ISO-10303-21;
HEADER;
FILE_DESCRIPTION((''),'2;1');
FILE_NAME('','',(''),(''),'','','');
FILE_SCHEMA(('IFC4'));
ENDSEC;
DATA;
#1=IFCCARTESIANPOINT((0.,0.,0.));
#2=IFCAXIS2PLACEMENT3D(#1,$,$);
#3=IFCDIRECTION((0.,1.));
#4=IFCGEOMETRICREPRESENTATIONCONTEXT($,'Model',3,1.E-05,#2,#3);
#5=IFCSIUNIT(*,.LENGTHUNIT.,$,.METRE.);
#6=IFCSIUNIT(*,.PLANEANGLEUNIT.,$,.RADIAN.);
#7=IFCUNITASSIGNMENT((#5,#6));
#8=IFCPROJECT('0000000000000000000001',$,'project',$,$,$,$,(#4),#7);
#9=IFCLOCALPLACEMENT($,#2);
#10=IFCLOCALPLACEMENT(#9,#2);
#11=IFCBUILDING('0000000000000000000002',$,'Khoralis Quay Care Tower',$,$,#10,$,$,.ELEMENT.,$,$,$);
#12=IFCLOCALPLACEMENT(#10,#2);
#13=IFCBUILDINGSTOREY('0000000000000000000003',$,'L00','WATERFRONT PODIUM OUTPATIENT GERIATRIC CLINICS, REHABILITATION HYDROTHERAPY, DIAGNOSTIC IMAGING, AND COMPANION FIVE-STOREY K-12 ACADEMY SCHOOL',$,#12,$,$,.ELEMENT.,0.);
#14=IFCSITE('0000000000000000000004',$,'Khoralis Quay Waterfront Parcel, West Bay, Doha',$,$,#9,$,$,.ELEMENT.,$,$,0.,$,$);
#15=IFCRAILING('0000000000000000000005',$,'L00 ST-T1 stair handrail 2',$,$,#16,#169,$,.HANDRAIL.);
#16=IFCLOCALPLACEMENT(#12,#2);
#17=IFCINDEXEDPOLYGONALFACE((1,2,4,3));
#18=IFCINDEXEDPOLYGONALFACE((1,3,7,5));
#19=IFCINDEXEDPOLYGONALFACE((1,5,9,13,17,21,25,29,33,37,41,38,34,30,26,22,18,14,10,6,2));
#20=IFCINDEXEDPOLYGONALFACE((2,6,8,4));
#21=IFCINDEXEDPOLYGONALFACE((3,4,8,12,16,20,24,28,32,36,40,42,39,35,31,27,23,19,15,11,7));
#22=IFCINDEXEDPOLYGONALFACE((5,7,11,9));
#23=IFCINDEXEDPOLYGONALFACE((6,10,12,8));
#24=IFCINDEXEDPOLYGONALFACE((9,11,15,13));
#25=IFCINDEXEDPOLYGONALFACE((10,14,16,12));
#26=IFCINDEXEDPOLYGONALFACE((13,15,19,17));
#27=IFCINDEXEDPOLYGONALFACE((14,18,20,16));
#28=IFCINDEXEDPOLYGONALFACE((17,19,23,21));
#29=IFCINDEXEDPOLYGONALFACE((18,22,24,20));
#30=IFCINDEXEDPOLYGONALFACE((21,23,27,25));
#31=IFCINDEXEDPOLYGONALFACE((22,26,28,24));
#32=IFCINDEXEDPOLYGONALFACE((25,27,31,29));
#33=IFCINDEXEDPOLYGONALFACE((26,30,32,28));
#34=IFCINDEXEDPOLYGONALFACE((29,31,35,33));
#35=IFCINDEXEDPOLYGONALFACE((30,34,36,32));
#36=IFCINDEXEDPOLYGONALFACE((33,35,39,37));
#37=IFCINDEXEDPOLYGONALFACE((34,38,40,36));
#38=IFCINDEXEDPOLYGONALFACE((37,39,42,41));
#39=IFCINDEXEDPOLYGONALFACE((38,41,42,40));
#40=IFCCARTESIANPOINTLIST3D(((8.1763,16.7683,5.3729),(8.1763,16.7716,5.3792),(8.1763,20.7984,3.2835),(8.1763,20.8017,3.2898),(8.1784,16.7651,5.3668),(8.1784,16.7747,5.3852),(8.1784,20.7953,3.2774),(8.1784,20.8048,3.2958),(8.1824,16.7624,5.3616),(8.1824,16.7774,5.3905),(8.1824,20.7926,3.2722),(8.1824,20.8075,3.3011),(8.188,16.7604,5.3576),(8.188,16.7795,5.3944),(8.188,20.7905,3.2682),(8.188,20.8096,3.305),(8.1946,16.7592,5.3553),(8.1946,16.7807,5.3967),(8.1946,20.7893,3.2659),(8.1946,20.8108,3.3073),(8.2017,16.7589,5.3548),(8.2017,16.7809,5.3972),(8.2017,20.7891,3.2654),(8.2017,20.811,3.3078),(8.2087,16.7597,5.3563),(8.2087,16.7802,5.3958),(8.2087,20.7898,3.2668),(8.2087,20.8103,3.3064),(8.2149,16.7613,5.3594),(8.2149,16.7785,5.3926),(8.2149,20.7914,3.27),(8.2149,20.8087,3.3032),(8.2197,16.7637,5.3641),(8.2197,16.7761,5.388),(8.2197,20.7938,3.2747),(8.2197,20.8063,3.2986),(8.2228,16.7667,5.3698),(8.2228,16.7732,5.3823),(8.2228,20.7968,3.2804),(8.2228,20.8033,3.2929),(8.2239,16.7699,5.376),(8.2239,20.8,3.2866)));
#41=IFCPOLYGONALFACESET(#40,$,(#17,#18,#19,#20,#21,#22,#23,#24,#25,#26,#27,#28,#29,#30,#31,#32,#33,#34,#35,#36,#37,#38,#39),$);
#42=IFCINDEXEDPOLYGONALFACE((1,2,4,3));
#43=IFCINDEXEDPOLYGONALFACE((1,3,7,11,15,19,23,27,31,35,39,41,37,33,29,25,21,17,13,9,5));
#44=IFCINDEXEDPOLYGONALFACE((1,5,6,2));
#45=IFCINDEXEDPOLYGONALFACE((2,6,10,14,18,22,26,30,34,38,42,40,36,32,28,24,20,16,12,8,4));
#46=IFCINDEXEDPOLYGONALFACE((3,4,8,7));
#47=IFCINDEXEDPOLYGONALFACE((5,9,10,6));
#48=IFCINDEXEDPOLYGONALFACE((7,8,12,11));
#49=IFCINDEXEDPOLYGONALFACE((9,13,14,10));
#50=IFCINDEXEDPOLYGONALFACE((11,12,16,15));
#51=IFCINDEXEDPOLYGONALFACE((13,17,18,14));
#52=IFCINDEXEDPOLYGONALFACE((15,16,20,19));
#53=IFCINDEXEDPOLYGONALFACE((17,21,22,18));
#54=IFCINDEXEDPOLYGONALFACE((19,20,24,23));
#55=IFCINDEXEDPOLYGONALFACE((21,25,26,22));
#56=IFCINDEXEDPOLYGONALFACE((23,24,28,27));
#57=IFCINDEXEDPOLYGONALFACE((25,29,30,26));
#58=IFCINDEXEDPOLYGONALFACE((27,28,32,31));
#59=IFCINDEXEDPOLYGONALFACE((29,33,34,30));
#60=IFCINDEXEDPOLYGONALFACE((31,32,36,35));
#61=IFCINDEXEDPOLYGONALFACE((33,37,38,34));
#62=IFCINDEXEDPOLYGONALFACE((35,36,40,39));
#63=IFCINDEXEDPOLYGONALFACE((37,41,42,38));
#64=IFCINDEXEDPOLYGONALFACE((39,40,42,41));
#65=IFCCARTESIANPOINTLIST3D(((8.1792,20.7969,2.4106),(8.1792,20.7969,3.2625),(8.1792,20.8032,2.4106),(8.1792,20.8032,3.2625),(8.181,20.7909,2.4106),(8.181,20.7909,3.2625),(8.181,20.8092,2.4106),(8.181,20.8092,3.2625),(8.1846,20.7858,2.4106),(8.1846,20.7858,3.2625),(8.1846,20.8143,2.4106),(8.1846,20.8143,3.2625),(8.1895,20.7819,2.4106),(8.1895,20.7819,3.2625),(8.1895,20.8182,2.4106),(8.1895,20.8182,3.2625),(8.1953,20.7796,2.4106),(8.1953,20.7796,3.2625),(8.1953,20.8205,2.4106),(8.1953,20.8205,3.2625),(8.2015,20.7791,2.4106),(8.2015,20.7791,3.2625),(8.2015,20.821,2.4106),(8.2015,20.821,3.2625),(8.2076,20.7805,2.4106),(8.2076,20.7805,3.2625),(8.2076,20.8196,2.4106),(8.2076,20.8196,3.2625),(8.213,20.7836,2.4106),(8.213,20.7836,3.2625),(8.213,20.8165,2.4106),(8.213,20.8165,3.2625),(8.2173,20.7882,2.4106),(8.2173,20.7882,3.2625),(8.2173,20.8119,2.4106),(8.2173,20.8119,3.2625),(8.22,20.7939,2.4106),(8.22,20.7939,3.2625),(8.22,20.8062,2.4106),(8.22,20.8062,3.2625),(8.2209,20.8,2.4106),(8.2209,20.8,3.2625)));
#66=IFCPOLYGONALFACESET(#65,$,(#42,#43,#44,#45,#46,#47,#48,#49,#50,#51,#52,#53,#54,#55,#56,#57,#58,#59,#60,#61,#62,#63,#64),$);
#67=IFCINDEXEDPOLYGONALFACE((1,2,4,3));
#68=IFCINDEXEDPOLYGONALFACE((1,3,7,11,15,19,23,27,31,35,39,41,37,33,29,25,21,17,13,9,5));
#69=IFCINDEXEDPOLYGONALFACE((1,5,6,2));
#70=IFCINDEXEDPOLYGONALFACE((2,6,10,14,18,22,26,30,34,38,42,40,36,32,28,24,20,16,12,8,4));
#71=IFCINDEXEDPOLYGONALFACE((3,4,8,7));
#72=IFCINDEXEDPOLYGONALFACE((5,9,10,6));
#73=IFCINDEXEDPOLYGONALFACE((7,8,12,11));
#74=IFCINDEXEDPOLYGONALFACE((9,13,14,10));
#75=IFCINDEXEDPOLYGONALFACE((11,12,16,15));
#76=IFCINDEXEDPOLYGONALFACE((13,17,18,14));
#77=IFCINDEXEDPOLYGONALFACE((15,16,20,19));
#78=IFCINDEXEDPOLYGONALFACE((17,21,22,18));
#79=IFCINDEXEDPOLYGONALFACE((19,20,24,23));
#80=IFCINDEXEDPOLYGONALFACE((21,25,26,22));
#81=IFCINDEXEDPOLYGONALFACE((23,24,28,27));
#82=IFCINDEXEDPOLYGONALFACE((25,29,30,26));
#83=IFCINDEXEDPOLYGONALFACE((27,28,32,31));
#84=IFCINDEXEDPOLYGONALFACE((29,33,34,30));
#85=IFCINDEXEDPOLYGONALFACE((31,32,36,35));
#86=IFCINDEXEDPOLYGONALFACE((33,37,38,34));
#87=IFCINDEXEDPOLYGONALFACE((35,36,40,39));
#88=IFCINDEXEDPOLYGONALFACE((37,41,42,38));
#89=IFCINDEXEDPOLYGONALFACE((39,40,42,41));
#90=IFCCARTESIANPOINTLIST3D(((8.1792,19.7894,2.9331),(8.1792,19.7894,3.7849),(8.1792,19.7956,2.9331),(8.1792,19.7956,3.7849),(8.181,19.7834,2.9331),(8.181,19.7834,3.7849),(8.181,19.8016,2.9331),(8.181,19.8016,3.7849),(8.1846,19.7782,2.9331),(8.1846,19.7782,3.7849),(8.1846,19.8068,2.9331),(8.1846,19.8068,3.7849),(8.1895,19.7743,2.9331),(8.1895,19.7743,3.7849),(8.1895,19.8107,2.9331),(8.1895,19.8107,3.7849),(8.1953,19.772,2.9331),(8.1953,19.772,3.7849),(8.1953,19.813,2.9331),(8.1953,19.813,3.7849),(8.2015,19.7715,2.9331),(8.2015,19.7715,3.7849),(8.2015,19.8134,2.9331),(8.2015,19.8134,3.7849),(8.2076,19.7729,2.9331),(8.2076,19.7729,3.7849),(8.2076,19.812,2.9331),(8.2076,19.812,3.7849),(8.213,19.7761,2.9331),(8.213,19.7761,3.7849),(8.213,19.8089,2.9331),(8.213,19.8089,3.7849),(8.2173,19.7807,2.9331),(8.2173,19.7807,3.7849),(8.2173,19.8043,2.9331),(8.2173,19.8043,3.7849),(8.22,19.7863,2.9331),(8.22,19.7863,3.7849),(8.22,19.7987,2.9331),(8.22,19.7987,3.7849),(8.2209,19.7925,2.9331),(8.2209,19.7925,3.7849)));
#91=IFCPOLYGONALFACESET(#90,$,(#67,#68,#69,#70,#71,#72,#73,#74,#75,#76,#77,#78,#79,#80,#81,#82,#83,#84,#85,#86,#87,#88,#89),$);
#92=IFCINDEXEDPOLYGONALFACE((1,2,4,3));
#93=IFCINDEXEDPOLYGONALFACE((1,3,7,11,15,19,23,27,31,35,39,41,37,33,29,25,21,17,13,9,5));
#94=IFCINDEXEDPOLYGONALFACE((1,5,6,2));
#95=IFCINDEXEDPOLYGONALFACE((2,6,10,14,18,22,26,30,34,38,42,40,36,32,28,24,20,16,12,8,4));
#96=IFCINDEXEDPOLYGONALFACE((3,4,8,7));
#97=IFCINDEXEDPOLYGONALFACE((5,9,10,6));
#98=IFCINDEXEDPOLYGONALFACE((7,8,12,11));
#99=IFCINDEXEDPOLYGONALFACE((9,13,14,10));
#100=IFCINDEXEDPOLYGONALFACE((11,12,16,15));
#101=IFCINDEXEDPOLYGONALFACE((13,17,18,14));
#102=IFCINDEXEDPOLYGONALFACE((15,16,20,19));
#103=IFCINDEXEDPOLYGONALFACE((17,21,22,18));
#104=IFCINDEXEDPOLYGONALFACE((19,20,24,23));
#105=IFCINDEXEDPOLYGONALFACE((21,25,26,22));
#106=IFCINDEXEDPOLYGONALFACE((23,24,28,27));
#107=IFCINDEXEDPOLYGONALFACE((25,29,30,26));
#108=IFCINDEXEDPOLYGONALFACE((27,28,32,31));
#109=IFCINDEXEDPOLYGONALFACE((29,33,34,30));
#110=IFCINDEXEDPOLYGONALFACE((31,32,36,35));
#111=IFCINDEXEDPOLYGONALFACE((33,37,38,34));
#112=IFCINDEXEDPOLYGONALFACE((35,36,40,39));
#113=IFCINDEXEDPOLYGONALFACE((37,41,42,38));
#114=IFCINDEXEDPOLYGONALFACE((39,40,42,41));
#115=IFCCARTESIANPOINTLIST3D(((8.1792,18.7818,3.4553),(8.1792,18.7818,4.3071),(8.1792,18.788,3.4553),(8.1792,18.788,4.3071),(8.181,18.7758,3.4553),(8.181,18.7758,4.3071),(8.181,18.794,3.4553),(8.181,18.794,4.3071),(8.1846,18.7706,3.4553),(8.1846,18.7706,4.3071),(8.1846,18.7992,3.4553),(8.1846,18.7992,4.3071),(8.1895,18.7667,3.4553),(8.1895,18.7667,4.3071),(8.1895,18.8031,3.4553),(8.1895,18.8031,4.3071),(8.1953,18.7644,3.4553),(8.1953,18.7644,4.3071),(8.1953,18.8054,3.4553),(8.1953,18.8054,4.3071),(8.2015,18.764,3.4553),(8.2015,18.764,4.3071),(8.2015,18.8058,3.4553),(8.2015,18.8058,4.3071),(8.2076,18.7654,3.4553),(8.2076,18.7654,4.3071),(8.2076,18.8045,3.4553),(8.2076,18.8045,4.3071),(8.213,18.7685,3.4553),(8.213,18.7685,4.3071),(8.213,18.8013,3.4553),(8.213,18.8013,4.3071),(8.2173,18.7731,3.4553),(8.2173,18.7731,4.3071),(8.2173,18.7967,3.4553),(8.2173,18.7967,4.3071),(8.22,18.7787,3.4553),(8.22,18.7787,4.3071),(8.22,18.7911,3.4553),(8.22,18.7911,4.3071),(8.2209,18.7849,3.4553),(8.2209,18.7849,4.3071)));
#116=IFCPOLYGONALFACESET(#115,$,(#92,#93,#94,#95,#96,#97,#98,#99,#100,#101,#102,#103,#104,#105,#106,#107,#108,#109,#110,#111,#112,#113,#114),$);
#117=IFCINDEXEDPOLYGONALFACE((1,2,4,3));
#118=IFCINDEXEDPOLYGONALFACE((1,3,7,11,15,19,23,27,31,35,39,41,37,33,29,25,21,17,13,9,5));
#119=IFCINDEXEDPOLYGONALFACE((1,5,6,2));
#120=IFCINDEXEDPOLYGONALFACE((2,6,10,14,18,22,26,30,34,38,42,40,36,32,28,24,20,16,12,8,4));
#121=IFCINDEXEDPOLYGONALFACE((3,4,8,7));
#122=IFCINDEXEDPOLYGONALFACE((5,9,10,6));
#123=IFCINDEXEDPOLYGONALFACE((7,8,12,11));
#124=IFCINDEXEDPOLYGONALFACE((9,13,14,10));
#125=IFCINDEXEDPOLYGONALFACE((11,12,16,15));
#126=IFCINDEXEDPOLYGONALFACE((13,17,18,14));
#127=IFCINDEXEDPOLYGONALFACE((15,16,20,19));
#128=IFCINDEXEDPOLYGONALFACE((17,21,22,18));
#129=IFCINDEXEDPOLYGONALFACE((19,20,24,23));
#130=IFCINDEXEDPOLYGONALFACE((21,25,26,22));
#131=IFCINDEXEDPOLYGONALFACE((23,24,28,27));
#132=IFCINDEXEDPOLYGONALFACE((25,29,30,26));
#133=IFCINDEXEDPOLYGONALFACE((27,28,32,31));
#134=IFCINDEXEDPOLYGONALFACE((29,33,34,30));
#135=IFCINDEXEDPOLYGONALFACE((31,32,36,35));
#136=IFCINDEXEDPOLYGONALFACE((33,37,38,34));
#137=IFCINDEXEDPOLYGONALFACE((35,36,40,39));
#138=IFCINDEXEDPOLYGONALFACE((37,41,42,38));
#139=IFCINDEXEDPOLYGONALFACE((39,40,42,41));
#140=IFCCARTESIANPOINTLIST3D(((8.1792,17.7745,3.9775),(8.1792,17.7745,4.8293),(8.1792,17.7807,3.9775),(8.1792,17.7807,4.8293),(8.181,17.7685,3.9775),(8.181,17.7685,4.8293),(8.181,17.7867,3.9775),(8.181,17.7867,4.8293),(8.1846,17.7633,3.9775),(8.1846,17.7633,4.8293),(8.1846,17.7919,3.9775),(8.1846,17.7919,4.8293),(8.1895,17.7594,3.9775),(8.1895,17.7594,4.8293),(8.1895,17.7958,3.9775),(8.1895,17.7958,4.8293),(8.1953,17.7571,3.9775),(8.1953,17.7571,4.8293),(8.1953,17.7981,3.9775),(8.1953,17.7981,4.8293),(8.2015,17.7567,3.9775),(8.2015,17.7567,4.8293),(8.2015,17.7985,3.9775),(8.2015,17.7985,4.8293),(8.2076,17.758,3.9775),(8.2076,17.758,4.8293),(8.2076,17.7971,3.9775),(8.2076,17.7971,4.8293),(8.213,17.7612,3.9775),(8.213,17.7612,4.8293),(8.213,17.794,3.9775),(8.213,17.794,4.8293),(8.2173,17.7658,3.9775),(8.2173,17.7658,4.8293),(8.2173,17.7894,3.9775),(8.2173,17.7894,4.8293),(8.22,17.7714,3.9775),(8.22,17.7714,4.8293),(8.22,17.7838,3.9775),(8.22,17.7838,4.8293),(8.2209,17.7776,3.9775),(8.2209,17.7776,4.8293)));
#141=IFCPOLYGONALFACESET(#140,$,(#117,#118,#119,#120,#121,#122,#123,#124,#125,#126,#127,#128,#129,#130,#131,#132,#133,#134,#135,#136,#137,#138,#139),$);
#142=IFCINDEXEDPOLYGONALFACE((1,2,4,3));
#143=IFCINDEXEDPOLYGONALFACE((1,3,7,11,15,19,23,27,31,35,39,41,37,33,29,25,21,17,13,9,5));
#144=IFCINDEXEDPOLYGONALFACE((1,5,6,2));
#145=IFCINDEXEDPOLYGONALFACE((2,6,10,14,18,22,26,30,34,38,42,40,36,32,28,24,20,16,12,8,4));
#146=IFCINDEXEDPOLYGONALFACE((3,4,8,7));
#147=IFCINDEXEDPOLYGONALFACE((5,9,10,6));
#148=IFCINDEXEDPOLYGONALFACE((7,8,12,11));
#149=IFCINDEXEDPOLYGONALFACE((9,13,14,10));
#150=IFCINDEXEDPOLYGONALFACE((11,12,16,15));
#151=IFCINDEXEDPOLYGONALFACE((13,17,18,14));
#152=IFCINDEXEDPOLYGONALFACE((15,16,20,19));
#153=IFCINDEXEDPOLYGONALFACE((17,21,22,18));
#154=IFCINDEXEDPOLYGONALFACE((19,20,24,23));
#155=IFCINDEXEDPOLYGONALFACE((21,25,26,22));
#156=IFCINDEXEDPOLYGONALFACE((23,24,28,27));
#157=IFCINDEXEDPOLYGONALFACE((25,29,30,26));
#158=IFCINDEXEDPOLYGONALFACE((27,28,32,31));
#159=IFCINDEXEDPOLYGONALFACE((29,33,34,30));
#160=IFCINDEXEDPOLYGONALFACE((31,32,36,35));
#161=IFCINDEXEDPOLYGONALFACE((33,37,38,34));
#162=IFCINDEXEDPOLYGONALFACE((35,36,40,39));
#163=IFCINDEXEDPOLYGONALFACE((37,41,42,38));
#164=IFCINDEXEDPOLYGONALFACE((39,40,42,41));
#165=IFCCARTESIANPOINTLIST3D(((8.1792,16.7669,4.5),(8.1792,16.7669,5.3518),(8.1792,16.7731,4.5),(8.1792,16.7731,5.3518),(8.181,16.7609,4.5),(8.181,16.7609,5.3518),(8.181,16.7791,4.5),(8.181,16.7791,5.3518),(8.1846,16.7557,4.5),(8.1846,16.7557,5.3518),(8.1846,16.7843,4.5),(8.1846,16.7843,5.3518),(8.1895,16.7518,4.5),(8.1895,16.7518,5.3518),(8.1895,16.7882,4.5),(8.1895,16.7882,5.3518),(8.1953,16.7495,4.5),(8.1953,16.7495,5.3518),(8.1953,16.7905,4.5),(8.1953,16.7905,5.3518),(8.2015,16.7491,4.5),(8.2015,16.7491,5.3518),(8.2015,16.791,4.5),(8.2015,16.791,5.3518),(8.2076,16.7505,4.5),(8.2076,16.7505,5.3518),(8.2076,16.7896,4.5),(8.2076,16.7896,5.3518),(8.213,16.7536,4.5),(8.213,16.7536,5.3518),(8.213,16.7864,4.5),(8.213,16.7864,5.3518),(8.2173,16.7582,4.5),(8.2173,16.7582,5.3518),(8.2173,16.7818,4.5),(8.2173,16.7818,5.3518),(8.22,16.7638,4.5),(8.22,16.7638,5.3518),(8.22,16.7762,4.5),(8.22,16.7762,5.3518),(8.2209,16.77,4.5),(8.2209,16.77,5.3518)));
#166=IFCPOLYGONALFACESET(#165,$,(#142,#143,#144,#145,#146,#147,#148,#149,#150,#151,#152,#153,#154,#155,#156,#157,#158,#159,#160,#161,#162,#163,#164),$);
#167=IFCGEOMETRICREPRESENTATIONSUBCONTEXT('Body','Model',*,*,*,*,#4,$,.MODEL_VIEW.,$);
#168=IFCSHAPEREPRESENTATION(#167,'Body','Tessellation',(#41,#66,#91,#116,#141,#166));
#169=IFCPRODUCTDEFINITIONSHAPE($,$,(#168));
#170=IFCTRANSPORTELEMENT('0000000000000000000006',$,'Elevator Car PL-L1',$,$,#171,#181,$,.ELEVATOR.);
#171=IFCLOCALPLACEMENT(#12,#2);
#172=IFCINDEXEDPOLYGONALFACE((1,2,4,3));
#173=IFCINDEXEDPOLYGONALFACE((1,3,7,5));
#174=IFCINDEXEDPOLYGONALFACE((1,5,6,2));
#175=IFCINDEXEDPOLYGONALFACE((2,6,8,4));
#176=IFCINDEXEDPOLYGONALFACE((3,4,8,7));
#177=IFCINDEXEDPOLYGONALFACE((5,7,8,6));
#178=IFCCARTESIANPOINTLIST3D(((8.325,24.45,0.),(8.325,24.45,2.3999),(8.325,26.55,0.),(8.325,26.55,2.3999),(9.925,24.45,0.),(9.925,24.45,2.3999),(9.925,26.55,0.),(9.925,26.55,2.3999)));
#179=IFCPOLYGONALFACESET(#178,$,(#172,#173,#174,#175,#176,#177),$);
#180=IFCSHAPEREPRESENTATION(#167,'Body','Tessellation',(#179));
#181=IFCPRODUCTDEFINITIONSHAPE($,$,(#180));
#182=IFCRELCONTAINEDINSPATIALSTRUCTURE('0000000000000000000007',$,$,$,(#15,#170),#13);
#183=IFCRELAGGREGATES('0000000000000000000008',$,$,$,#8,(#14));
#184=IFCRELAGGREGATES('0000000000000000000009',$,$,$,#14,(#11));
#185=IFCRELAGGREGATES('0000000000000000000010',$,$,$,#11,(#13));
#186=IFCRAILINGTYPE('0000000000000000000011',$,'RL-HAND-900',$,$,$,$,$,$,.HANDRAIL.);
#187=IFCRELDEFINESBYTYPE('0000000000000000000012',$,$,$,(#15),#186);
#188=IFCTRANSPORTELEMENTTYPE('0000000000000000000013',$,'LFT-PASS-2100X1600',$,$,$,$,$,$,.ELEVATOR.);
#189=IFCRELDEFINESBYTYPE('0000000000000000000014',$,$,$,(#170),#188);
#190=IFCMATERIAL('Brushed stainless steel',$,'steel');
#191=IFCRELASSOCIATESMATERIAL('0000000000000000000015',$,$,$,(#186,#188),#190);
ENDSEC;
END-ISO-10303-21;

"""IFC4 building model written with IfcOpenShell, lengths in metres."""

from ifc_helpers import new_model, si_unit, direction, frame, origin, origin_2d, place, context, subcontext, project, spatial, rectangle, circle, extrude, source, transform, mapped, material, type_object, element, save


model = new_model("IFC4")

# Units and contexts
model_context = context("Model", 3, precision=1e-05, world=origin(), true_north=direction((0.0, 1.0)))
body_context = subcontext(model_context, "Body", "Model", "MODEL_VIEW")
ifc_project = project(units=[si_unit("LENGTHUNIT", "METRE"), si_unit("PLANEANGLEUNIT", "RADIAN")], contexts=[model_context])

# Site, building, storey
site_placement = place(None, origin())
site = spatial("IfcSite", under=ifc_project, at=site_placement, Name="Khoralis Quay Waterfront Parcel, West Bay, Doha", CompositionType="ELEMENT", RefElevation=0.0)
building_placement = place(site_placement, origin())
building = spatial("IfcBuilding", under=site, at=building_placement, Name="Khoralis Quay Care Tower", CompositionType="ELEMENT")
storey_placement = place(building_placement, origin())
storey = spatial("IfcBuildingStorey", under=building, at=storey_placement, Name="L00", Description="WATERFRONT PODIUM OUTPATIENT GERIATRIC CLINICS, REHABILITATION HYDROTHERAPY, DIAGNOSTIC IMAGING, AND COMPANION FIVE-STOREY K-12 ACADEMY SCHOOL", CompositionType="ELEMENT", Elevation=0.0)

# Shared definitions
ifc_material_1 = material(Name="Brushed stainless steel", Category="steel")

# Railing
railing_type_1 = type_object("IfcRailingType", Name="RL-HAND-900", PredefinedType="HANDRAIL", material=ifc_material_1)
railing_1_placement = place(storey_placement, frame((8.2, 20.8, 2.4106)))
element("IfcRailing", 1, at=railing_1_placement, inside=storey, type_object=railing_type_1, Name="L00 ST-T1 stair handrail 2", PredefinedType="HANDRAIL", context=body_context, shape_type="SweptSolid", body=[
    extrude(circle(Radius=0.0239, at=origin_2d()), frame((0.0, 0.0, 0.876), z_axis=(0.0, -0.887781, 0.460267), x_axis=(1.0, 0.0, 0.0)), (0.0, 0.0, 1.0), 4.5396),
    extrude(circle(Radius=0.021, at=origin_2d()), origin(), (0.0, 0.0, 1.0), 0.8518),
    extrude(circle(Radius=0.021, at=origin_2d()), frame((0.0, -1.0076, 0.5225)), (0.0, 0.0, 1.0), 0.8518),
    extrude(circle(Radius=0.021, at=origin_2d()), frame((0.0, -2.0151, 1.0447)), (0.0, 0.0, 1.0), 0.8518),
    extrude(circle(Radius=0.021, at=origin_2d()), frame((0.0, -3.0225, 1.5669)), (0.0, 0.0, 1.0), 0.8518),
    extrude(circle(Radius=0.021, at=origin_2d()), frame((0.0, -4.03, 2.0894)), (0.0, 0.0, 1.0), 0.8518),
])

# Transport element
transport_element_type = type_object("IfcTransportElementType", Name="LFT-PASS-2100X1600", PredefinedType="ELEVATOR", material=ifc_material_1)
shared_shape_1 = source(origin(), body_context, "Body", "SweptSolid", [
    extrude(rectangle(XDim=2.1001, YDim=1.6001, at=origin_2d()), origin(), (0.0, 0.0, 1.0), 2.3999),
])
transport_element_placement = place(storey_placement, frame((9.125, 25.5, 0.0), z_axis=(0.0, 0.0, 1.0), x_axis=(0.0, 1.0, 0.0)))
element("IfcTransportElement", 2, at=transport_element_placement, inside=storey, type_object=transport_element_type, Name="Elevator Car PL-L1", PredefinedType="ELEVATOR", context=body_context, shape_type="MappedRepresentation", body=[
    mapped(shared_shape_1, transform((0.0, 0.0, 0.0), scale=1.0)),
])

save(model, "model.ifc")
